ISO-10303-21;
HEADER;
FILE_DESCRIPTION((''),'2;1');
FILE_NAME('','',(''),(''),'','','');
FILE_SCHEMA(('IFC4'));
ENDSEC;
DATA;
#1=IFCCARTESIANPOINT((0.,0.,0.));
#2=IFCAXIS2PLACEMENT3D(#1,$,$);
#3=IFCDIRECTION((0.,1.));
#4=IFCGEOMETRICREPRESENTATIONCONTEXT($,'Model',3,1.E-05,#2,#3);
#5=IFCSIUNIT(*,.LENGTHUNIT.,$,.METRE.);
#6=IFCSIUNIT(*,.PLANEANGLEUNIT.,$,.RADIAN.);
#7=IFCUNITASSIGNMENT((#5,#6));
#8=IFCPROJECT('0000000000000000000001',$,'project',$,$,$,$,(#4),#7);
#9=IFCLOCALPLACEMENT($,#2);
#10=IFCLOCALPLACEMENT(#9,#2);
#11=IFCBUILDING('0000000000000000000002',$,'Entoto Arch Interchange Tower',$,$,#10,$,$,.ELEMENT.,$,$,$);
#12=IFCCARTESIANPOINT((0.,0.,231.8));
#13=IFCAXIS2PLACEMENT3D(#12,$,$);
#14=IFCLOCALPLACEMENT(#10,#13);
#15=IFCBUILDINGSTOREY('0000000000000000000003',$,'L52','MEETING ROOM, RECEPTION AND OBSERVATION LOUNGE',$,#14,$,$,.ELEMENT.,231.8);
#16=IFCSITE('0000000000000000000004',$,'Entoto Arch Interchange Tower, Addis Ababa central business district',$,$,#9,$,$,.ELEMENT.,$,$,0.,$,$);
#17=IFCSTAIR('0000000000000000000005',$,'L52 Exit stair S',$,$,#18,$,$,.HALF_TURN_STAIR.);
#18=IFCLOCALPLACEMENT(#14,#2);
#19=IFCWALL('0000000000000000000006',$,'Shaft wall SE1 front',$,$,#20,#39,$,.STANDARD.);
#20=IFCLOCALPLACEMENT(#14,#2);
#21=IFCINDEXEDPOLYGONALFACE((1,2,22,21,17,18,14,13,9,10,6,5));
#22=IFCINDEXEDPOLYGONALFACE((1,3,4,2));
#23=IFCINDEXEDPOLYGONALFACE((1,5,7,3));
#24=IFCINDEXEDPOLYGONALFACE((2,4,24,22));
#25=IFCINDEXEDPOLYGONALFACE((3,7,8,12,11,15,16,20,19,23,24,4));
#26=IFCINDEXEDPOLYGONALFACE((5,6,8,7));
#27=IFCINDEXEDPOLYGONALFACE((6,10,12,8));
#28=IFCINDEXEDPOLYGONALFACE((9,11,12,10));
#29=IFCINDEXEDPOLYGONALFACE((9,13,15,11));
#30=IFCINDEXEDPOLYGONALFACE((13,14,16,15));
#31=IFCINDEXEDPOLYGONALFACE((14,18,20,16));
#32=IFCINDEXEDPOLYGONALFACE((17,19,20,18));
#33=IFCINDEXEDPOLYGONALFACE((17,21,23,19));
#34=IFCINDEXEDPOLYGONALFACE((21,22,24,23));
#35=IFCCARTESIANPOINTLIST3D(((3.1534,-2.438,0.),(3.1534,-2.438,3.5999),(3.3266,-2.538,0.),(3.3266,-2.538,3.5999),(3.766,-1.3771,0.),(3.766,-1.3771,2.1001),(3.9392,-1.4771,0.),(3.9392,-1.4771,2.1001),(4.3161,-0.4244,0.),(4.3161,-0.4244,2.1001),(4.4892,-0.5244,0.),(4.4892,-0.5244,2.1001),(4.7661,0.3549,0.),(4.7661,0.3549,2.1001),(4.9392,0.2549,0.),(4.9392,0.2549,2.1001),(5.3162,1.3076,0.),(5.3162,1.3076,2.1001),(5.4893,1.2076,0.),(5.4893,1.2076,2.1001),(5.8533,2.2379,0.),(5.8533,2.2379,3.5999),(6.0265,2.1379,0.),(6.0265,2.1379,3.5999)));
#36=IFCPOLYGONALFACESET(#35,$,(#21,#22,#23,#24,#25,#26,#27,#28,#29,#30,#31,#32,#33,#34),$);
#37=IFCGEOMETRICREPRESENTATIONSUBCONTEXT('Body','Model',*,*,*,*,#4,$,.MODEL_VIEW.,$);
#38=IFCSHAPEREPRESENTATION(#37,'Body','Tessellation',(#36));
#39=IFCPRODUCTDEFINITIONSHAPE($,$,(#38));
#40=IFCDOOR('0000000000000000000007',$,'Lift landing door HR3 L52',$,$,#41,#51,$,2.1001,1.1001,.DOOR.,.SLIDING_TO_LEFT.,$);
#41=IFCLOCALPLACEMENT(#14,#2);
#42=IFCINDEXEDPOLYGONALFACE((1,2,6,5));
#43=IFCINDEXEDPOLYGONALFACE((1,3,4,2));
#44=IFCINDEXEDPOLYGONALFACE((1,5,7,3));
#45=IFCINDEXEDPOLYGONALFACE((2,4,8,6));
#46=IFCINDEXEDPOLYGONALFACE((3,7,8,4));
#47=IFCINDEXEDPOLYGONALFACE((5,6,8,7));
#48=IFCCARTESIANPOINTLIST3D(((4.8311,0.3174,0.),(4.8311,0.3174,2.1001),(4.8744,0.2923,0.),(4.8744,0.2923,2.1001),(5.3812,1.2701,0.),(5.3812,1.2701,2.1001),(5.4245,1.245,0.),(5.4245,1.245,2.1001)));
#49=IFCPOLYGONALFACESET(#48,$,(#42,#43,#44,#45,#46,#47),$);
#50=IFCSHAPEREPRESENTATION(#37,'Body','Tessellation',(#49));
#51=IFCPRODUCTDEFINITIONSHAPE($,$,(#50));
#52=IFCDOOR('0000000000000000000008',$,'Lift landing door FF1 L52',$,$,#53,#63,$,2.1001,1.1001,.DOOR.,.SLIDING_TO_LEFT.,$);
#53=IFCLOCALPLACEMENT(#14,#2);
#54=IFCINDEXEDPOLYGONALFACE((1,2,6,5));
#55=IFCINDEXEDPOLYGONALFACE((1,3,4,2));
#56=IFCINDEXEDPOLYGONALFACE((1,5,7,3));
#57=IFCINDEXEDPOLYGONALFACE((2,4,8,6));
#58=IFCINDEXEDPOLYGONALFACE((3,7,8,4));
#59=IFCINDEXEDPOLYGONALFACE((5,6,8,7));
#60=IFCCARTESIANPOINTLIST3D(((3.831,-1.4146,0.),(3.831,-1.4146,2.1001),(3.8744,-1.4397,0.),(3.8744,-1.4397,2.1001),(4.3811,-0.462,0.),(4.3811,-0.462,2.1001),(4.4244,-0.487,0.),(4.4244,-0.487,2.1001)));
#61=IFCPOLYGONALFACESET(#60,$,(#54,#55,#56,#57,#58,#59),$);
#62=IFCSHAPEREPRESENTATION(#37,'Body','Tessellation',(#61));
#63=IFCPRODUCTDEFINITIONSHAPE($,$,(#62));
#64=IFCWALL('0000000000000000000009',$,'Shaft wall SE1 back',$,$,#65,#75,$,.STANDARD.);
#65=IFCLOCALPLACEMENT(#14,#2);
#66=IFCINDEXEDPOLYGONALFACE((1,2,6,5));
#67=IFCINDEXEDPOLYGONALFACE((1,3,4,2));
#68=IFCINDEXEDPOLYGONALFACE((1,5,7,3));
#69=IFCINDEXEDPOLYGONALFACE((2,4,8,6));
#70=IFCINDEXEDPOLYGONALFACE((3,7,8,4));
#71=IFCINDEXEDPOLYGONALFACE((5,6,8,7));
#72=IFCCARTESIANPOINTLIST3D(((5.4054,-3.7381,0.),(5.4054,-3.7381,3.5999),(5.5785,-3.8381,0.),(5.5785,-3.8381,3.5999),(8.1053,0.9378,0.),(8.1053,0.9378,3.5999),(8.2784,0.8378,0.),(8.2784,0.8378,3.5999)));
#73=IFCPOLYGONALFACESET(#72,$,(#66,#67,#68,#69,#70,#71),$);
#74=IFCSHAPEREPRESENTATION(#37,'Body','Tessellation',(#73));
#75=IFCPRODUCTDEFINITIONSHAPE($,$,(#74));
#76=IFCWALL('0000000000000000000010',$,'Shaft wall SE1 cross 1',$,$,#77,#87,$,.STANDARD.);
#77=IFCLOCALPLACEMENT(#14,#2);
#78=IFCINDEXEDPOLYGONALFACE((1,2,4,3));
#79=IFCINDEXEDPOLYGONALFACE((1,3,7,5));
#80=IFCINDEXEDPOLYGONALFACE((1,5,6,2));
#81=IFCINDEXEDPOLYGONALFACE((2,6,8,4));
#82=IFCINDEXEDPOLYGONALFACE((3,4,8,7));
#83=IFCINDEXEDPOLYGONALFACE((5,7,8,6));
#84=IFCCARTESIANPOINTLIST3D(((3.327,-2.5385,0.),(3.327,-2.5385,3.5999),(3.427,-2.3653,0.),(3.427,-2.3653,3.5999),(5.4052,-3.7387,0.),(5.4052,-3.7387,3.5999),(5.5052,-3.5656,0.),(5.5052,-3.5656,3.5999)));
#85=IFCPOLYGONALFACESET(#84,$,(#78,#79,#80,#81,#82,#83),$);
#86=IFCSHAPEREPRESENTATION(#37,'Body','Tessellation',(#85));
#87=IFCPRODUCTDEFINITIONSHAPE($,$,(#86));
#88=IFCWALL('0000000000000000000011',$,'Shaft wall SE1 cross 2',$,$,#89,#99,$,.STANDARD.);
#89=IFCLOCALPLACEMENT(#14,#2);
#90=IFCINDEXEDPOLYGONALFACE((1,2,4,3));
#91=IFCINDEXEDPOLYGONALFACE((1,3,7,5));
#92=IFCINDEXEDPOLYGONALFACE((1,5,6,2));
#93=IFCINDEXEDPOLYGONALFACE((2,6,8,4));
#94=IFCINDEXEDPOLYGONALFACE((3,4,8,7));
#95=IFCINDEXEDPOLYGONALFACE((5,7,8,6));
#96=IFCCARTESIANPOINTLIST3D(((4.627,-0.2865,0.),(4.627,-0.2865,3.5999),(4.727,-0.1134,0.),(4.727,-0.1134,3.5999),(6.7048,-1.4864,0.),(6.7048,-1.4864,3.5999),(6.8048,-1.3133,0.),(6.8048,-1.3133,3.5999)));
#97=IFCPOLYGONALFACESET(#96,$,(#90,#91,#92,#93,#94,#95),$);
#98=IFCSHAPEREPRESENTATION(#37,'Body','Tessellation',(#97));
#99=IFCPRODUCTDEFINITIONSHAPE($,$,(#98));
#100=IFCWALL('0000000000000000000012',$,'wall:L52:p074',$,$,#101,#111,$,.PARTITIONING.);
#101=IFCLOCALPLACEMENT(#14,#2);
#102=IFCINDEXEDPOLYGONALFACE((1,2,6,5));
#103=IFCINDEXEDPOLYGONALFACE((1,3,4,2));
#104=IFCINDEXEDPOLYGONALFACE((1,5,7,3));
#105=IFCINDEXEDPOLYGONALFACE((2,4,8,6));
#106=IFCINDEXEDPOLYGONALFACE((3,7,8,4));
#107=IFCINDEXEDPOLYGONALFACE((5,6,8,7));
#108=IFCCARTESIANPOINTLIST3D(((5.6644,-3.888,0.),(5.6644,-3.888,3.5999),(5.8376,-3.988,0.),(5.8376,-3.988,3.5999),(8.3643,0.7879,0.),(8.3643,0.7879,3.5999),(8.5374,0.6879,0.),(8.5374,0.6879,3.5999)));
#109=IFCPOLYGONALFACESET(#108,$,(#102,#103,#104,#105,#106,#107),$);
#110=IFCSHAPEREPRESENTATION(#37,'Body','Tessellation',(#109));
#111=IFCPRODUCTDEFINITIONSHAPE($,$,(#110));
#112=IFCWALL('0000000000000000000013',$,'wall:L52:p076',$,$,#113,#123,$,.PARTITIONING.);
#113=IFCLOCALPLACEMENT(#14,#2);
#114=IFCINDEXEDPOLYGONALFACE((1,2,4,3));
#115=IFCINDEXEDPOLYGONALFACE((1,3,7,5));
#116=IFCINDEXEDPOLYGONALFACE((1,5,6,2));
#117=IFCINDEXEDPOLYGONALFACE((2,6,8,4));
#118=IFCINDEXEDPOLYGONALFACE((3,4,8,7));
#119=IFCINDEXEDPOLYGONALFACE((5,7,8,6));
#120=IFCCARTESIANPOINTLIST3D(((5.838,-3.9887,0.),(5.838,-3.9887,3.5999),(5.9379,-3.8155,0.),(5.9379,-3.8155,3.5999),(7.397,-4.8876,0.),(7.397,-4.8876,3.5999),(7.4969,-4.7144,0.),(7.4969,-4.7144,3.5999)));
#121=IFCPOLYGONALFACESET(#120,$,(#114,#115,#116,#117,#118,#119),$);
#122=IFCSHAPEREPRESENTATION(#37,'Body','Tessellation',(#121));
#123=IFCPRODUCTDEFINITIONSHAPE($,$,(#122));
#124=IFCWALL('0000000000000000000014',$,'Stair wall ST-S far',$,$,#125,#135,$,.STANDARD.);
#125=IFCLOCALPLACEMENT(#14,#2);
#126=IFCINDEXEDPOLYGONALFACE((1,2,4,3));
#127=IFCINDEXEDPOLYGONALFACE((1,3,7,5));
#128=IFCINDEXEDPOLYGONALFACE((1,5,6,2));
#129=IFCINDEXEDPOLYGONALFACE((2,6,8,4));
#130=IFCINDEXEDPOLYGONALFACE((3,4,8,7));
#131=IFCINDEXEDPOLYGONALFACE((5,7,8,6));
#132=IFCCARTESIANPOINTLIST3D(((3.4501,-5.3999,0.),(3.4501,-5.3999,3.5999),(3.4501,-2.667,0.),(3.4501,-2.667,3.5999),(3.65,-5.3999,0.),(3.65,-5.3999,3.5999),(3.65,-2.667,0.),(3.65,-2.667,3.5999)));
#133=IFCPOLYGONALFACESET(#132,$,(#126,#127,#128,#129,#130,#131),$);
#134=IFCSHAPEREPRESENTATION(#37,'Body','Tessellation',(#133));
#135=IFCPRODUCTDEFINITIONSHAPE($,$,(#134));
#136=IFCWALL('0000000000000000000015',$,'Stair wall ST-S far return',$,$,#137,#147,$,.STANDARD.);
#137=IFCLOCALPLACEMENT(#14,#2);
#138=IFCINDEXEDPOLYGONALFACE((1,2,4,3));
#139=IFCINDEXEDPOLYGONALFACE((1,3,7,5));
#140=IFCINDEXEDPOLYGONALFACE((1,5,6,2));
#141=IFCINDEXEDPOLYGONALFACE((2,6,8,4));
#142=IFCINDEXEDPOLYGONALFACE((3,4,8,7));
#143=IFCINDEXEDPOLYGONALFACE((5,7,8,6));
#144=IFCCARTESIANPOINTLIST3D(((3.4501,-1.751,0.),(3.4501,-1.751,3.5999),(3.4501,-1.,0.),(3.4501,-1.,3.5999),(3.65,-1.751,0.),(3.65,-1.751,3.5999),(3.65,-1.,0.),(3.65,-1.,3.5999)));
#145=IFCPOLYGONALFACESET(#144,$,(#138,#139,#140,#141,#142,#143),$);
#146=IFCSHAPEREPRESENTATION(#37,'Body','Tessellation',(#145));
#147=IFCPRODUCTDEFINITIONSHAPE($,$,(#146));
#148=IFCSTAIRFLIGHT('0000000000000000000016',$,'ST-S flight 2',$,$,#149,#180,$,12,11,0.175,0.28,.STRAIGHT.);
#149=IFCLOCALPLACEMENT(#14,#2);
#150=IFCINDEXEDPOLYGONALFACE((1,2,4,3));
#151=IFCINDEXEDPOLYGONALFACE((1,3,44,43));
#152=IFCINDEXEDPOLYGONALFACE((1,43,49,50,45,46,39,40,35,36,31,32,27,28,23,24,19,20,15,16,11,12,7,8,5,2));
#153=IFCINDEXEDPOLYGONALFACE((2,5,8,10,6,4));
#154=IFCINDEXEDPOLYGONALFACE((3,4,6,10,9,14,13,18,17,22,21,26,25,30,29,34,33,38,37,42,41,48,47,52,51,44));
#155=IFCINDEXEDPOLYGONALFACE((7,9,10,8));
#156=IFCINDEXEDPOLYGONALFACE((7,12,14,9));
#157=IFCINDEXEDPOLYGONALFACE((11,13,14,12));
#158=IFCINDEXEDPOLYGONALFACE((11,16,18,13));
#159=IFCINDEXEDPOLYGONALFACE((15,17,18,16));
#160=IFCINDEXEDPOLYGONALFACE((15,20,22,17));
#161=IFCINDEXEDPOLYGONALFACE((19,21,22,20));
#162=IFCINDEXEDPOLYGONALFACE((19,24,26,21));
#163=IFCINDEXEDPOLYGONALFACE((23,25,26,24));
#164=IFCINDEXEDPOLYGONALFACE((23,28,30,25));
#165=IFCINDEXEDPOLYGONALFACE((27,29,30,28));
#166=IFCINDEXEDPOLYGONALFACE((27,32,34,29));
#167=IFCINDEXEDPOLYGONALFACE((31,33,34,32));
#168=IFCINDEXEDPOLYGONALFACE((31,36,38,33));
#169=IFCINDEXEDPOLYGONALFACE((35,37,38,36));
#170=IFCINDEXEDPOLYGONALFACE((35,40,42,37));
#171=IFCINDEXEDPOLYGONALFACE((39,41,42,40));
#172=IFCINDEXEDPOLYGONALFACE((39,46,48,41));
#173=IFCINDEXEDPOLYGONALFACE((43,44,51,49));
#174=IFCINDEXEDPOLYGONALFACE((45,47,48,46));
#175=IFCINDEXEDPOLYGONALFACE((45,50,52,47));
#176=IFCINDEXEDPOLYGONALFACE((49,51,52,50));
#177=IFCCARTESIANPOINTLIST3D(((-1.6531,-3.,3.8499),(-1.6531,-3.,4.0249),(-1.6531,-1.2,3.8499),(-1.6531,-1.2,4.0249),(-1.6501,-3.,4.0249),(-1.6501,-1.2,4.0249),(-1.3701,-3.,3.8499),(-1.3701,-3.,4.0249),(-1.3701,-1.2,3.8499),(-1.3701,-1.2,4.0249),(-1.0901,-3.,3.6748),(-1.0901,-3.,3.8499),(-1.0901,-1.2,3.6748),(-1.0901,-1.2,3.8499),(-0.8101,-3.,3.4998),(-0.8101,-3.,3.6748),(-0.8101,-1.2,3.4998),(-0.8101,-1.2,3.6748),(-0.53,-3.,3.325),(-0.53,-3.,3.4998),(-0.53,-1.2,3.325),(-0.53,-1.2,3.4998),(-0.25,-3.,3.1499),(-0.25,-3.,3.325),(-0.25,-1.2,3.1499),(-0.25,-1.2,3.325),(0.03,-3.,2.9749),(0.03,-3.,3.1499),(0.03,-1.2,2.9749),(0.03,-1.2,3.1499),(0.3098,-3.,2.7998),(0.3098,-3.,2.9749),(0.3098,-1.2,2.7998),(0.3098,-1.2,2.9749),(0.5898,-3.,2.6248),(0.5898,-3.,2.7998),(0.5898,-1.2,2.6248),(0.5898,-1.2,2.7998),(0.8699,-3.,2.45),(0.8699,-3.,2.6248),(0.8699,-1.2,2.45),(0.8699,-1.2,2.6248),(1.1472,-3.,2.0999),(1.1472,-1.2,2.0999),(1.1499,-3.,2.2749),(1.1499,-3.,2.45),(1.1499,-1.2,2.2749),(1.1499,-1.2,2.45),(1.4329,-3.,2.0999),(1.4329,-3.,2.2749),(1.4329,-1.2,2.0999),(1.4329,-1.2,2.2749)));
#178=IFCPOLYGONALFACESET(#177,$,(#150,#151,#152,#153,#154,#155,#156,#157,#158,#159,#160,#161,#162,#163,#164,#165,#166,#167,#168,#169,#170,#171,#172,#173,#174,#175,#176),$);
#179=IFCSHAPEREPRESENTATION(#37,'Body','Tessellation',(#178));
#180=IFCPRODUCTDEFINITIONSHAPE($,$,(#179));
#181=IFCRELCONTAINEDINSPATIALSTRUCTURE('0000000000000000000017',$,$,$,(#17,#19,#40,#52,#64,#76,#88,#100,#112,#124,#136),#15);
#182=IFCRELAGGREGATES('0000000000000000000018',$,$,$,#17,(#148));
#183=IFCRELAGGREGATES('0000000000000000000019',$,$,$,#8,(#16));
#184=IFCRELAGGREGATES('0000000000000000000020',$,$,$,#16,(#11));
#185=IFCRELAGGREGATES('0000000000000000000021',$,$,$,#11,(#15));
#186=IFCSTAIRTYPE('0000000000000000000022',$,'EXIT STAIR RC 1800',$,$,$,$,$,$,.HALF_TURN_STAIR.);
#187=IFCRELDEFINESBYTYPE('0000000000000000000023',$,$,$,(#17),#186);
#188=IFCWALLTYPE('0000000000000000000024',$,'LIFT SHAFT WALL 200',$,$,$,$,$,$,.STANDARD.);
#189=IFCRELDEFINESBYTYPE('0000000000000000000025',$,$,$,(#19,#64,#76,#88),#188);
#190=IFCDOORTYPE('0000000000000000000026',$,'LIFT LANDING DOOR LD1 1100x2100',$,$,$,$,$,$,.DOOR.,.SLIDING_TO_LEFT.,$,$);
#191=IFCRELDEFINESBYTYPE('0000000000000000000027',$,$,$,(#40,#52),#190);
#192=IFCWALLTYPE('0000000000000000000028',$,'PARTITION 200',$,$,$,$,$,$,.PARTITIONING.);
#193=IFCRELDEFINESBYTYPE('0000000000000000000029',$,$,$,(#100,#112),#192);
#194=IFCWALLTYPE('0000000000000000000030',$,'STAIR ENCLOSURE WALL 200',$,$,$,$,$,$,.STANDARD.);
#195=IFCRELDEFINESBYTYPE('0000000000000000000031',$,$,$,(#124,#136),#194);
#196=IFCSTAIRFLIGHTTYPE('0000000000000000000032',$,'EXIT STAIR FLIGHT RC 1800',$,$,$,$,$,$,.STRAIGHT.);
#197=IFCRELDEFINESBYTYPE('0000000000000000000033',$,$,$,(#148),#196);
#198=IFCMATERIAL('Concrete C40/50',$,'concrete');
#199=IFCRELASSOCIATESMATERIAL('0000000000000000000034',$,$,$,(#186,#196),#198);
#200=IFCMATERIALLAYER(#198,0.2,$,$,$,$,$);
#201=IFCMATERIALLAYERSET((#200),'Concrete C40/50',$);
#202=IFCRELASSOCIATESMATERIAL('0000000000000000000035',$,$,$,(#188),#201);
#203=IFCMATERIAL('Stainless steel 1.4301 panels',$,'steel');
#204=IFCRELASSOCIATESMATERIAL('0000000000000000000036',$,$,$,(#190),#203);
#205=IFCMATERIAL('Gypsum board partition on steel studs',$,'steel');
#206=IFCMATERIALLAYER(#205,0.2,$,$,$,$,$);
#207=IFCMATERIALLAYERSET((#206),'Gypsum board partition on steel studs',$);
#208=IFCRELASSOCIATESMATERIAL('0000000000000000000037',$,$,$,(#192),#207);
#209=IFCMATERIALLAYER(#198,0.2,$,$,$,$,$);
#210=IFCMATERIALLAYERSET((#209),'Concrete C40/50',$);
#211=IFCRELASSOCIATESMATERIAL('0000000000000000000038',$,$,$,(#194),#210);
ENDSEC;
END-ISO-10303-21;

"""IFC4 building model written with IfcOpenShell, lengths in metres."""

from ifc_helpers import new_model, si_unit, direction, frame, frame_2d, origin, place, context, subcontext, project, spatial, polyline, rectangle, outline, extrude, material, layer, layer_set, type_object, element, fill, aggregate, save


model = new_model("IFC4")

# Units and contexts
model_context = context("Model", 3, precision=1e-05, world=origin(), true_north=direction((0.0, 1.0)))
body_context = subcontext(model_context, "Body", "Model", "MODEL_VIEW")
ifc_project = project(units=[si_unit("LENGTHUNIT", "METRE"), si_unit("PLANEANGLEUNIT", "RADIAN")], contexts=[model_context])

# Site, building, storey
site_placement = place(None, origin())
site = spatial("IfcSite", under=ifc_project, at=site_placement, Name="Entoto Arch Interchange Tower, Addis Ababa central business district", CompositionType="ELEMENT", RefElevation=0.0)
building_placement = place(site_placement, origin())
building = spatial("IfcBuilding", under=site, at=building_placement, Name="Entoto Arch Interchange Tower", CompositionType="ELEMENT")
storey_placement = place(building_placement, frame((0.0, 0.0, 231.8)))
storey = spatial("IfcBuildingStorey", under=building, at=storey_placement, Name="L52", Description="MEETING ROOM, RECEPTION AND OBSERVATION LOUNGE", CompositionType="ELEMENT", Elevation=231.8)

# Shared definitions
ifc_material_1 = material(Name="Concrete C40/50", Category="concrete")

# Stair
stair_type = type_object("IfcStairType", Name="EXIT STAIR RC 1800", PredefinedType="HALF_TURN_STAIR", material=ifc_material_1)
stair_1_placement = place(storey_placement, origin())
stair_1 = element("IfcStair", 1, at=stair_1_placement, inside=storey, type_object=stair_type, Name="L52 Exit stair S", PredefinedType="HALF_TURN_STAIR")

# Wall, openings, doors
ifc_layer_1 = layer(ifc_material_1, 0.2)
ifc_layer_set_1 = layer_set([ifc_layer_1], Name="Concrete C40/50")
wall_type_1 = type_object("IfcWallType", Name="LIFT SHAFT WALL 200", PredefinedType="STANDARD", material=ifc_layer_set_1)
wall_1_placement = place(storey_placement, frame((3.24, -2.488, 0.0), z_axis=(0.0, 0.0, 1.0), x_axis=(0.500034, 0.866006, 0.0)))
wall_1 = element("IfcWall", 2, at=wall_1_placement, inside=storey, type_object=wall_type_1, Name="Shaft wall SE1 front", PredefinedType="STANDARD", context=body_context, shape_type="SweptSolid", body=[
    extrude(rectangle(XDim=5.3994, YDim=0.2, at=frame_2d((2.6997, 0.0))), origin(), (0.0, 0.0, 1.0), 3.5999),
])
opening_1_placement = place(wall_1_placement, frame((3.2251, 0.0, 0.0)))
opening_1 = element("IfcOpeningElement", 3, at=opening_1_placement, cuts=wall_1, PredefinedType="OPENING", context=body_context, shape_type="SweptSolid", body=[
    extrude(rectangle(XDim=1.1001, YDim=2.1001, at=frame_2d((0.55, 1.05))), frame((0.0, 0.1099, 0.0), z_axis=(0.0, -1.0, 0.0), x_axis=(1.0, 0.0, 0.0)), (0.0, 0.0, 1.0), 0.22),
])
opening_2_placement = place(wall_1_placement, frame((1.2251, 0.0, 0.0)))
opening_2 = element("IfcOpeningElement", 4, at=opening_2_placement, cuts=wall_1, PredefinedType="OPENING", context=body_context, shape_type="SweptSolid", body=[
    extrude(rectangle(XDim=1.1001, YDim=2.1001, at=frame_2d((0.55, 1.05))), frame((0.0, 0.1099, 0.0), z_axis=(0.0, -1.0, 0.0), x_axis=(1.0, 0.0, 0.0)), (0.0, 0.0, 1.0), 0.22),
])
ifc_material_2 = material(Name="Stainless steel 1.4301 panels", Category="steel")
door_type_1 = type_object("IfcDoorType", Name="LIFT LANDING DOOR LD1 1100x2100", OperationType="SLIDING_TO_LEFT", PredefinedType="DOOR", material=ifc_material_2)
door_1_placement = place(opening_1_placement, origin())
door_1 = element("IfcDoor", 5, at=door_1_placement, inside=storey, type_object=door_type_1, Name="Lift landing door HR3 L52", OperationType="SLIDING_TO_LEFT", OverallHeight=2.1001, OverallWidth=1.1001, PredefinedType="DOOR", context=body_context, shape_type="SweptSolid", body=[
    extrude(rectangle(XDim=1.1001, YDim=2.1001, at=frame_2d((0.55, 1.05))), frame((0.0, 0.0249, 0.0), z_axis=(0.0, -1.0, 0.0), x_axis=(1.0, 0.0, 0.0)), (0.0, 0.0, 1.0), 0.05),
])
fill(opening_1, door_1)
door_2_placement = place(opening_2_placement, origin())
door_2 = element("IfcDoor", 6, at=door_2_placement, inside=storey, type_object=door_type_1, Name="Lift landing door FF1 L52", OperationType="SLIDING_TO_LEFT", OverallHeight=2.1001, OverallWidth=1.1001, PredefinedType="DOOR", context=body_context, shape_type="SweptSolid", body=[
    extrude(rectangle(XDim=1.1001, YDim=2.1001, at=frame_2d((0.55, 1.05))), frame((0.0, 0.0249, 0.0), z_axis=(0.0, -1.0, 0.0), x_axis=(1.0, 0.0, 0.0)), (0.0, 0.0, 1.0), 0.05),
])
fill(opening_2, door_2)

# Walls
wall_2_placement = place(storey_placement, frame((5.4919, -3.7881, 0.0), z_axis=(0.0, 0.0, 1.0), x_axis=(0.500034, 0.866006, 0.0)))
element("IfcWall", 7, at=wall_2_placement, inside=storey, type_object=wall_type_1, Name="Shaft wall SE1 back", PredefinedType="STANDARD", context=body_context, shape_type="SweptSolid", body=[
    extrude(rectangle(XDim=5.3994, YDim=0.2, at=frame_2d((2.6997, 0.0))), origin(), (0.0, 0.0, 1.0), 3.5999),
])
wall_3_placement = place(storey_placement, frame((3.377, -2.4519, 0.0), z_axis=(0.0, 0.0, 1.0), x_axis=(0.865955, -0.500122, 0.0)))
element("IfcWall", 8, at=wall_3_placement, inside=storey, type_object=wall_type_1, Name="Shaft wall SE1 cross 1", PredefinedType="STANDARD", context=body_context, shape_type="SweptSolid", body=[
    extrude(rectangle(XDim=2.3999, YDim=0.2, at=frame_2d((1.2, 0.0))), origin(), (0.0, 0.0, 1.0), 3.5999),
])
wall_4_placement = place(storey_placement, frame((4.677, -0.2, 0.0), z_axis=(0.0, 0.0, 1.0), x_axis=(0.865974, -0.500089, 0.0)))
element("IfcWall", 9, at=wall_4_placement, inside=storey, type_object=wall_type_1, Name="Shaft wall SE1 cross 2", PredefinedType="STANDARD", context=body_context, shape_type="SweptSolid", body=[
    extrude(rectangle(XDim=2.3994, YDim=0.2, at=frame_2d((1.1997, 0.0))), origin(), (0.0, 0.0, 1.0), 3.5999),
])
ifc_material_3 = material(Name="Gypsum board partition on steel studs", Category="steel")
ifc_layer_2 = layer(ifc_material_3, 0.2)
ifc_layer_set_2 = layer_set([ifc_layer_2], Name="Gypsum board partition on steel studs")
wall_type_2 = type_object("IfcWallType", Name="PARTITION 200", PredefinedType="PARTITIONING", material=ifc_layer_set_2)
wall_5_placement = place(storey_placement, frame((5.751, -3.938, 0.0), z_axis=(0.0, 0.0, 1.0), x_axis=(0.500034, 0.866006, 0.0)))
element("IfcWall", 10, at=wall_5_placement, inside=storey, type_object=wall_type_2, Name="wall:L52:p074", PredefinedType="PARTITIONING", context=body_context, shape_type="SweptSolid", body=[
    extrude(rectangle(XDim=5.3994, YDim=0.2, at=frame_2d((2.6997, 0.0))), origin(), (0.0, 0.0, 1.0), 3.5999),
])
wall_6_placement = place(storey_placement, frame((7.447, -4.801, 0.0), z_axis=(0.0, 0.0, 1.0), x_axis=(-0.866317, 0.499495, 0.0)))
element("IfcWall", 11, at=wall_6_placement, inside=storey, type_object=wall_type_2, Name="wall:L52:p076", PredefinedType="PARTITIONING", context=body_context, shape_type="SweptSolid", body=[
    extrude(rectangle(XDim=1.7996, YDim=0.2, at=frame_2d((0.8999, 0.0))), origin(), (0.0, 0.0, 1.0), 3.5999),
])
ifc_layer_3 = layer(ifc_material_1, 0.2)
ifc_layer_set_3 = layer_set([ifc_layer_3], Name="Concrete C40/50")
wall_type_3 = type_object("IfcWallType", Name="STAIR ENCLOSURE WALL 200", PredefinedType="STANDARD", material=ifc_layer_set_3)
wall_7_placement = place(storey_placement, frame((3.55, -2.667, 0.0), z_axis=(0.0, 0.0, 1.0), x_axis=(0.0, -1.0, 0.0)))
element("IfcWall", 12, at=wall_7_placement, inside=storey, type_object=wall_type_3, Name="Stair wall ST-S far", PredefinedType="STANDARD", context=body_context, shape_type="SweptSolid", body=[
    extrude(rectangle(XDim=2.7329, YDim=0.2, at=frame_2d((1.3665, 0.0))), origin(), (0.0, 0.0, 1.0), 3.5999),
])
wall_8_placement = place(storey_placement, frame((3.55, -1.0, 0.0), z_axis=(0.0, 0.0, 1.0), x_axis=(0.0, -1.0, 0.0)))
element("IfcWall", 13, at=wall_8_placement, inside=storey, type_object=wall_type_3, Name="Stair wall ST-S far return", PredefinedType="STANDARD", context=body_context, shape_type="SweptSolid", body=[
    extrude(rectangle(XDim=0.751, YDim=0.2, at=frame_2d((0.3755, 0.0))), origin(), (0.0, 0.0, 1.0), 3.5999),
])

# Stair flight
stair_flight_type = type_object("IfcStairFlightType", Name="EXIT STAIR FLIGHT RC 1800", PredefinedType="STRAIGHT", material=ifc_material_1)
stair_flight_placement = place(storey_placement, frame((1.4299, -2.1001, 2.0999), z_axis=(0.0, 0.0, 1.0), x_axis=(-1.0, 0.0, 0.0)))
stair_flight = element("IfcStairFlight", 14, at=stair_flight_placement, type_object=stair_flight_type, Name="ST-S flight 2", NumberOfRisers=12, NumberOfTreads=11, PredefinedType="STRAIGHT", RiserHeight=0.175, TreadLength=0.28, context=body_context, shape_type="SweptSolid", body=[
    extrude(outline(polyline([(-0.0029, 0.0), (-0.0029, 0.175), (0.28, 0.175), (0.28, 0.3501), (0.5601, 0.3501), (0.5601, 0.5249), (0.8401, 0.5249), (0.8401, 0.7), (1.1201, 0.7), (1.1201, 0.875), (1.3999, 0.875), (1.3999, 1.05), (1.6799, 1.05), (1.6799, 1.2251), (1.96, 1.2251), (1.96, 1.3999), (2.24, 1.3999), (2.24, 1.575), (2.52, 1.575), (2.52, 1.75), (2.8, 1.75), (2.8, 1.925), (3.0801, 1.925), (3.083, 1.925), (3.083, 1.75), (0.2827, 0.0), (-0.0029, 0.0)])), frame((0.0, 0.8999, 0.0), z_axis=(0.0, -1.0, 0.0), x_axis=(1.0, 0.0, 0.0)), (0.0, 0.0, 1.0), 1.8),
])
aggregate(stair_1, [stair_flight])

save(model, "model.ifc")
